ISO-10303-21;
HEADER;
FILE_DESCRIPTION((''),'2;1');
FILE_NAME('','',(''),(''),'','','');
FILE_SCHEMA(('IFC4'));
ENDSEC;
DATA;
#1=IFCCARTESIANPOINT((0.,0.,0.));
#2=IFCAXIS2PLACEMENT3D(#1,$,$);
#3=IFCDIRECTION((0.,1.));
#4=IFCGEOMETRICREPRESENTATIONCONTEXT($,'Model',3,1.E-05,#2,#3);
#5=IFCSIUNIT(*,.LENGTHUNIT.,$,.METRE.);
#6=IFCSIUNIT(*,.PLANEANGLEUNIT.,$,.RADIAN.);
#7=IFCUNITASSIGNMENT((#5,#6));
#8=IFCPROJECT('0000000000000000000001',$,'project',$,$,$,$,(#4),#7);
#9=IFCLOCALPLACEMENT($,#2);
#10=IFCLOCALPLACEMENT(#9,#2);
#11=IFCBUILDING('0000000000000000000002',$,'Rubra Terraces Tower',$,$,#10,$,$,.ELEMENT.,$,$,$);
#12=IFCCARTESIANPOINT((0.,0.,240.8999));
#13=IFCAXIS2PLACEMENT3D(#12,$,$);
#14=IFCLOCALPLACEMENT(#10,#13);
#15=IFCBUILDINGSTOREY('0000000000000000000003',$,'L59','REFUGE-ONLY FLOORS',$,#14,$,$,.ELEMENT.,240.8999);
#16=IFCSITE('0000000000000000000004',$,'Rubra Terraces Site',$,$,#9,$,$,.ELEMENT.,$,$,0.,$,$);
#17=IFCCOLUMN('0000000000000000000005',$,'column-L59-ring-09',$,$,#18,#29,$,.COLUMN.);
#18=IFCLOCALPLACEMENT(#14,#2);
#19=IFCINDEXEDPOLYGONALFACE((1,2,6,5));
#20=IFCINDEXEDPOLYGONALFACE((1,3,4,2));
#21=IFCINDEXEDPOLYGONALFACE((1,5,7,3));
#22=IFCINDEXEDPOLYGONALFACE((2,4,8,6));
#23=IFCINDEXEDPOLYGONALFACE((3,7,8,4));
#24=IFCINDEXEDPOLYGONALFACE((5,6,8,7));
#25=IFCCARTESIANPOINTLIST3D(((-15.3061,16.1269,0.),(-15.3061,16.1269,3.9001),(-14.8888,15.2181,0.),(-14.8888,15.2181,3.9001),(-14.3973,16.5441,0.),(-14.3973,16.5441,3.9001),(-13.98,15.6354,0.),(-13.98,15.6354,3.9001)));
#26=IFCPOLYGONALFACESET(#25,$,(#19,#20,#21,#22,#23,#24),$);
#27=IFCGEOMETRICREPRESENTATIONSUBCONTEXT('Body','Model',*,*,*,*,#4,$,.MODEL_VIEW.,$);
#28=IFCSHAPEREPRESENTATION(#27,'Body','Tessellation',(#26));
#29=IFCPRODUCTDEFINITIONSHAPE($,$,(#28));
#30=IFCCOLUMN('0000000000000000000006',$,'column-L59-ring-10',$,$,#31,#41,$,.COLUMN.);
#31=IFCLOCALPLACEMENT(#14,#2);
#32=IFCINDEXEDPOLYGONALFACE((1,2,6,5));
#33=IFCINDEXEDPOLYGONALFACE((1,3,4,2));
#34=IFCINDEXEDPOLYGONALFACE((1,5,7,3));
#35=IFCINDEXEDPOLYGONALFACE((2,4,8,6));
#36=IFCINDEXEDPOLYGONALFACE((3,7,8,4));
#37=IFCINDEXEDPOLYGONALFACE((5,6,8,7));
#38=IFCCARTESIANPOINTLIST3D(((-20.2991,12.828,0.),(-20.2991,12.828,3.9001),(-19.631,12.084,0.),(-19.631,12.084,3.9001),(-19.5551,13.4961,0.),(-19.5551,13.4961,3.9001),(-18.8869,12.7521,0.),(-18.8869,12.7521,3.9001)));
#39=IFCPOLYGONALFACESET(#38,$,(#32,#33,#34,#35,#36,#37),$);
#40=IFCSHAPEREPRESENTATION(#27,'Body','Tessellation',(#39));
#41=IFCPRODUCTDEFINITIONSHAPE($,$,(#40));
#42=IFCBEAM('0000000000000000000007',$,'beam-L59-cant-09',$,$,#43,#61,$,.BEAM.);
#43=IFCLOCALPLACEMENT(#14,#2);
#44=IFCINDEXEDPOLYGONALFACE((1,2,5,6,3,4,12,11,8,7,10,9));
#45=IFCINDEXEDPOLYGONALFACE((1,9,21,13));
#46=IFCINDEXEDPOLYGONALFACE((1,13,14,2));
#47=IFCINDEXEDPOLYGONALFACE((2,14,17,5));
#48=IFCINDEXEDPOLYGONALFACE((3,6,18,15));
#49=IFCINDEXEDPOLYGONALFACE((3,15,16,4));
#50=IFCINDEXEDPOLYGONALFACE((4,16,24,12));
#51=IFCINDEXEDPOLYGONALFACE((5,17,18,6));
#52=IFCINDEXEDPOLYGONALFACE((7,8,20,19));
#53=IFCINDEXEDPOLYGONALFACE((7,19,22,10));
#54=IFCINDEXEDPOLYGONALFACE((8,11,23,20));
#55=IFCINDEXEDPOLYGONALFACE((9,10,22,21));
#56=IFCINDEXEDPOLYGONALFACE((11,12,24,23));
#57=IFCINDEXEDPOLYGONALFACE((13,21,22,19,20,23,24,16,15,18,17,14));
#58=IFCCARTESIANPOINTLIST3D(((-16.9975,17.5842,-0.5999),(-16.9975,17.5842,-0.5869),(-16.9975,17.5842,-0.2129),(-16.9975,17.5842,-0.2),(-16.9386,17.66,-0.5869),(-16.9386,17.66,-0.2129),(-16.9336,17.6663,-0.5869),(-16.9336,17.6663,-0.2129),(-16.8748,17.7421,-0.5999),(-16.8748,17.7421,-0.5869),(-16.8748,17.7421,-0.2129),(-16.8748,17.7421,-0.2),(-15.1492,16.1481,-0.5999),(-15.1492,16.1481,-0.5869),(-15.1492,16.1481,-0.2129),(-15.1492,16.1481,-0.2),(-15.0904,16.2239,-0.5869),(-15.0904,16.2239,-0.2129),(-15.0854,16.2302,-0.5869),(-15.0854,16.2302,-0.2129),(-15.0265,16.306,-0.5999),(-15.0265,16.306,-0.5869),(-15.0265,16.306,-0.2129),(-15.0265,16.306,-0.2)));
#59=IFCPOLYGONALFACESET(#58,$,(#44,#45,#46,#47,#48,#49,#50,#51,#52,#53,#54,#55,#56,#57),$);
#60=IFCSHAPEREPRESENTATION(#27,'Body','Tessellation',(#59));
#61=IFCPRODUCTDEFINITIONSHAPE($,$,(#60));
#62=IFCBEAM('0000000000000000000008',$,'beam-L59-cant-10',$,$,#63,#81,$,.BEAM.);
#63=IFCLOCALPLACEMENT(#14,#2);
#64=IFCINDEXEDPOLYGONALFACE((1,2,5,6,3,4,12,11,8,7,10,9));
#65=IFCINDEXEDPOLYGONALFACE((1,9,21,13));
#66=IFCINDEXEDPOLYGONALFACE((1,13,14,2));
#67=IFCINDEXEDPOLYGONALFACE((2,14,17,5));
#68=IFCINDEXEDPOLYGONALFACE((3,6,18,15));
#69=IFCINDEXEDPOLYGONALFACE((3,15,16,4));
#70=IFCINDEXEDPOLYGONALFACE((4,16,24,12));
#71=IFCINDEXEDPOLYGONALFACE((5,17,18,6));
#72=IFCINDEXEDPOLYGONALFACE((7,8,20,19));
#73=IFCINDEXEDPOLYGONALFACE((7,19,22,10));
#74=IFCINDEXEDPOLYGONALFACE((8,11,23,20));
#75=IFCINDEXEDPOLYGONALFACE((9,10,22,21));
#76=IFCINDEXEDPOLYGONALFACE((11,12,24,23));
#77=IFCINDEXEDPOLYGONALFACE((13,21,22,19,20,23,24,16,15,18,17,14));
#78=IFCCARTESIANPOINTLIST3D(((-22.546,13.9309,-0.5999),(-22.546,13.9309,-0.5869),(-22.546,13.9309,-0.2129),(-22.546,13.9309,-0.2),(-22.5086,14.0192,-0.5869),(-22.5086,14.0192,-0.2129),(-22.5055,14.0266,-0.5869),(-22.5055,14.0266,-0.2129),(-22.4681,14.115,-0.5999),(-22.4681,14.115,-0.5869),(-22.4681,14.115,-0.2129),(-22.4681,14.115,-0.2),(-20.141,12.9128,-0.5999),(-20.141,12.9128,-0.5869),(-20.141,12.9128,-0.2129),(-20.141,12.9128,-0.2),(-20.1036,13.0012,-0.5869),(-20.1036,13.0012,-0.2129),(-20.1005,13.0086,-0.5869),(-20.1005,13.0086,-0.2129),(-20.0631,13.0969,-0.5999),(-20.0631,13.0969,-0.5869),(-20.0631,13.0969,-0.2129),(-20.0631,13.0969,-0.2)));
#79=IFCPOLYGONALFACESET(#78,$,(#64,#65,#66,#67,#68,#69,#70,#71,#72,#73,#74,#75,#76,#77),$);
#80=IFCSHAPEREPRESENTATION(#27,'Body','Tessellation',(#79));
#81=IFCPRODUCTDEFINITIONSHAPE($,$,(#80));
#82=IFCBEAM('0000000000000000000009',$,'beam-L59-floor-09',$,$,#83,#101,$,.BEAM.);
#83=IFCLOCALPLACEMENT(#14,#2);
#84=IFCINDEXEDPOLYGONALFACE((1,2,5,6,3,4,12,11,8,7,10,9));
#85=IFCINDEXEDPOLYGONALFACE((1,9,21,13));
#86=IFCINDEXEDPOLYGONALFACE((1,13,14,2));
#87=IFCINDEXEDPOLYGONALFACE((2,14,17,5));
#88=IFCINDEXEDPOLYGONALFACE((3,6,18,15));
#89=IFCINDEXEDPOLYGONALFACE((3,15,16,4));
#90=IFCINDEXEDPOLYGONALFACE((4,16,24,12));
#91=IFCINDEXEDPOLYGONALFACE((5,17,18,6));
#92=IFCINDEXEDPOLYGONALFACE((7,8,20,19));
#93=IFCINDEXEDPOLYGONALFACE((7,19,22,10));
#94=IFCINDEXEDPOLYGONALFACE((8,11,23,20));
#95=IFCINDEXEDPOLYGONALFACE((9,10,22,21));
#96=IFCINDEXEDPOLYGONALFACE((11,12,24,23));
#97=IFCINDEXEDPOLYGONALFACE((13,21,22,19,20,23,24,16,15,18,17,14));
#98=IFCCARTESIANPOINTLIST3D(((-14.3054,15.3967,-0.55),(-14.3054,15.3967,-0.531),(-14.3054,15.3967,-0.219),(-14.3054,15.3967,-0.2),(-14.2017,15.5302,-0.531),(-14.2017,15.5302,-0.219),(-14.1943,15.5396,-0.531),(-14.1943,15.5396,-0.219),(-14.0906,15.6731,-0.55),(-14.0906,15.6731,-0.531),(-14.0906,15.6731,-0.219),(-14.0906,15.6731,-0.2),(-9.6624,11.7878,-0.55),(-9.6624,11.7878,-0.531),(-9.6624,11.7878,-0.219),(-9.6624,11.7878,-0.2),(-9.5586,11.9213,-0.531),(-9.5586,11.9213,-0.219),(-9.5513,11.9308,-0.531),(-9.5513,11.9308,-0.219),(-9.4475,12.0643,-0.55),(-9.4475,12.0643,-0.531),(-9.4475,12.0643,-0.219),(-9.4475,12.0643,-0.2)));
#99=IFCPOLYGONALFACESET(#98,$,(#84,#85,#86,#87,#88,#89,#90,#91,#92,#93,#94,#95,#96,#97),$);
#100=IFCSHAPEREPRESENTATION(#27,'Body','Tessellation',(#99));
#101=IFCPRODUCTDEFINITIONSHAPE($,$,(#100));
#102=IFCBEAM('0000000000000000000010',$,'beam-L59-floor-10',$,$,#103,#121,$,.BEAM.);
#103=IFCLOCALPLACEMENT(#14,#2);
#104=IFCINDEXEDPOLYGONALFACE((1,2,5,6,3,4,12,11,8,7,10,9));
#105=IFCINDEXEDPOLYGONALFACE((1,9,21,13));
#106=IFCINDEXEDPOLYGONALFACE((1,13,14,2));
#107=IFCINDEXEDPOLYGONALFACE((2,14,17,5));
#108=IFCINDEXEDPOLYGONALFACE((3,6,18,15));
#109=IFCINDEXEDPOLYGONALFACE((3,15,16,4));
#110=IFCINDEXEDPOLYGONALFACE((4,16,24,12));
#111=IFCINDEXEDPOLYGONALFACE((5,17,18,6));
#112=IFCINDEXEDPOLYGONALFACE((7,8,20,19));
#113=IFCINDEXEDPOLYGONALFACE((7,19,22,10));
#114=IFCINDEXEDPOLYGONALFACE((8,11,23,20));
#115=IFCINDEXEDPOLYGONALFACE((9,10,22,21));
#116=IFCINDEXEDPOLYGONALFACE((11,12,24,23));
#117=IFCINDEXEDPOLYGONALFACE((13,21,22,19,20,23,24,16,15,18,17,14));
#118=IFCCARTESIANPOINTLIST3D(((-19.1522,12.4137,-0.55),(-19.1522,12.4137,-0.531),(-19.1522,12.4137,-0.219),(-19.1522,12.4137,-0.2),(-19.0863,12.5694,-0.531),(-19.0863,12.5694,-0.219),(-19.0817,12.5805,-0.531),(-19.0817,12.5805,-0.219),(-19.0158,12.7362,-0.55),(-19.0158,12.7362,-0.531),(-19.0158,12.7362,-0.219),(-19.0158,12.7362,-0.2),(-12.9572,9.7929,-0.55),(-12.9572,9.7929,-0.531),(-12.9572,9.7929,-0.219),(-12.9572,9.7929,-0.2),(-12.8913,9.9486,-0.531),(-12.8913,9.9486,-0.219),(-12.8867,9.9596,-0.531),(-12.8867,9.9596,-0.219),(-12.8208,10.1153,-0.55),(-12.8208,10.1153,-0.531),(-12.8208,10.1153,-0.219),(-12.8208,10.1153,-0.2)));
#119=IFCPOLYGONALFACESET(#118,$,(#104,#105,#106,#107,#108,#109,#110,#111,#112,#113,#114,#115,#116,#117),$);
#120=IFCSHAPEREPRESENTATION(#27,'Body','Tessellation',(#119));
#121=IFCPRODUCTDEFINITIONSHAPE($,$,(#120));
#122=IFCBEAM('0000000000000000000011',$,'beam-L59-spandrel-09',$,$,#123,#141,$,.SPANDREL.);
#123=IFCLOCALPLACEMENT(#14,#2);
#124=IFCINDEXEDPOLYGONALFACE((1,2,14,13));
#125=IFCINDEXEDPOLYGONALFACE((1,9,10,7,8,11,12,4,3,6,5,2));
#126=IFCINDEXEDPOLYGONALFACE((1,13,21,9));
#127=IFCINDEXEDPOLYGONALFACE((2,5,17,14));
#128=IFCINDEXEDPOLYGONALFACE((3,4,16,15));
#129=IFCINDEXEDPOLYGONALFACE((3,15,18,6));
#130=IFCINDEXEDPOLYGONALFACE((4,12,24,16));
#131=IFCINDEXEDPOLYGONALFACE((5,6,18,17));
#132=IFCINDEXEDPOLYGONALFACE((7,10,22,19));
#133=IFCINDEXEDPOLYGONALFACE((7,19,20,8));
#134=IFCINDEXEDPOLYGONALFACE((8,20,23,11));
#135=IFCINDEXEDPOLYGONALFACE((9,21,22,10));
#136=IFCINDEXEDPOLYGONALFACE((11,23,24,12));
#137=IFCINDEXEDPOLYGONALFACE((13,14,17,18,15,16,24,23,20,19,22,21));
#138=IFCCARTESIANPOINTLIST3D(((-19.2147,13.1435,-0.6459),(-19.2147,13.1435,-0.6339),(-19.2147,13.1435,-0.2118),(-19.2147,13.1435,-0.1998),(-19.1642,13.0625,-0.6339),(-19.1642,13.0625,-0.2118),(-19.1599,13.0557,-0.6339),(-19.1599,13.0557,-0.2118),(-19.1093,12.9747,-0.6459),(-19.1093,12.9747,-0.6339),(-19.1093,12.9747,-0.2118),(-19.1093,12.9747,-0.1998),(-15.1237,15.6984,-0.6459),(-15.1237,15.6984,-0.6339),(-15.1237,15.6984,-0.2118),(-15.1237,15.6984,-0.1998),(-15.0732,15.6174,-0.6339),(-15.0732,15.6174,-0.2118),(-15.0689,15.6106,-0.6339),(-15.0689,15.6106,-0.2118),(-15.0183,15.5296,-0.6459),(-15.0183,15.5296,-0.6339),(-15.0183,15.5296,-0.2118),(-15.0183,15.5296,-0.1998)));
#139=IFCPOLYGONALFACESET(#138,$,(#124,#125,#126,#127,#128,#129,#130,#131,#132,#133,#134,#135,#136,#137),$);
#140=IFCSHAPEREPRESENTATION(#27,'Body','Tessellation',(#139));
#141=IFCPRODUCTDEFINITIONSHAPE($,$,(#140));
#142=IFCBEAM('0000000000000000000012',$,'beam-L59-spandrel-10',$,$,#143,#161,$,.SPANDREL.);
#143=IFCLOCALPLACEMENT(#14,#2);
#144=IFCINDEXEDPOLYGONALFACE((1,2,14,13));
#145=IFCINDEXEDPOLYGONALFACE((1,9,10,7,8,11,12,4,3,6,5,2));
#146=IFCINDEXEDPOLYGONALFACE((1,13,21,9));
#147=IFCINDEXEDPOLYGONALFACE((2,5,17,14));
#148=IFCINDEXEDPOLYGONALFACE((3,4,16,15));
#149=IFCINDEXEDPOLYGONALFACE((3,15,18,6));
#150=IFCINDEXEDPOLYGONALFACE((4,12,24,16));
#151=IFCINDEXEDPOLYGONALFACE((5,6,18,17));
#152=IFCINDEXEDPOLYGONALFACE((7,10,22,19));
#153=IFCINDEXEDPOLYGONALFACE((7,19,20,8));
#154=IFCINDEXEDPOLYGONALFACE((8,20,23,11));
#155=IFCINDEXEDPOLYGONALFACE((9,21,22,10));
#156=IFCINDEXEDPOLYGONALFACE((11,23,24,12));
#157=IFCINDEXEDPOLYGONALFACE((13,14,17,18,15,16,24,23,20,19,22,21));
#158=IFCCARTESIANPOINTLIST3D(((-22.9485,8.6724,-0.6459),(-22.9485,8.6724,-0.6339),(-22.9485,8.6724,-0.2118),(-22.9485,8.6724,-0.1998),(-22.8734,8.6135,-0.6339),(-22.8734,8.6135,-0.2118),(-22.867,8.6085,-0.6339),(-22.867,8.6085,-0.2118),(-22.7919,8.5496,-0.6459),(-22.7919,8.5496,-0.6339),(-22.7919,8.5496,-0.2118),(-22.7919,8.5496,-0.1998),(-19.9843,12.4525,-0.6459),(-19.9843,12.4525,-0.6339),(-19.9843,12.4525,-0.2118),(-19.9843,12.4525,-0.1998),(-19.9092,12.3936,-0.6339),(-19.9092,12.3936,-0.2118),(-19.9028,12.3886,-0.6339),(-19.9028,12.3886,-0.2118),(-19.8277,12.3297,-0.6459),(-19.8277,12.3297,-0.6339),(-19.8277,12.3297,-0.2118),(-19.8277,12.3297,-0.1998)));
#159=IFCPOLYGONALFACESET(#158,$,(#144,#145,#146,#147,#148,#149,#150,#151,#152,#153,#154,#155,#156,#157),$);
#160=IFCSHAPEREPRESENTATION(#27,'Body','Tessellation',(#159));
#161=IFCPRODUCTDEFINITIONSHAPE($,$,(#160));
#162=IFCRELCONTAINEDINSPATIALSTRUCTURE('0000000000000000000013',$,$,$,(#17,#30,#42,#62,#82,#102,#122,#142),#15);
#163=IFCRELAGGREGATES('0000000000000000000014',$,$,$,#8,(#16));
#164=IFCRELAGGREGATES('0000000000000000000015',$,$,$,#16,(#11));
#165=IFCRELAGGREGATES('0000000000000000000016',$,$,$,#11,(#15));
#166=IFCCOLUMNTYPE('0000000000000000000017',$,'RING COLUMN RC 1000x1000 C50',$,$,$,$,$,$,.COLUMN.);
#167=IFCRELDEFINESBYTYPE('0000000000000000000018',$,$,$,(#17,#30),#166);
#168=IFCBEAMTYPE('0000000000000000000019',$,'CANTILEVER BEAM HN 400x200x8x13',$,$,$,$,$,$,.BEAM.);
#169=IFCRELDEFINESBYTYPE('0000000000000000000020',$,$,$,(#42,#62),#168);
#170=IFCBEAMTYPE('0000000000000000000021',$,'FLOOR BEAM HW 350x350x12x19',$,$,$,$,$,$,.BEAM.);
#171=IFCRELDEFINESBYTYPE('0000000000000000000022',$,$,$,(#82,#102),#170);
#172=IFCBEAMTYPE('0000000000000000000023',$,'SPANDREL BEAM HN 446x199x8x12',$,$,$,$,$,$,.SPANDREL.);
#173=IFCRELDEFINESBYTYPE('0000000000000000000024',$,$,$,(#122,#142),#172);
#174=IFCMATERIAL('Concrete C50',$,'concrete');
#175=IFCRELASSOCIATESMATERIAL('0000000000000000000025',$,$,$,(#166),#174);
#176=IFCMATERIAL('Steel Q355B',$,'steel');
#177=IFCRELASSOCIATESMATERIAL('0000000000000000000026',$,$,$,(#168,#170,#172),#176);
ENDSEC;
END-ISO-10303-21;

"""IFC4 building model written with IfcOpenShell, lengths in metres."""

from ifc_helpers import new_model, si_unit, direction, frame, origin, origin_2d, place, context, subcontext, project, spatial, rectangle, i_section, extrude, material, material_profile, profile_set, type_object, element, save


model = new_model("IFC4")

# Units and contexts
model_context = context("Model", 3, precision=1e-05, world=origin(), true_north=direction((0.0, 1.0)))
body_context = subcontext(model_context, "Body", "Model", "MODEL_VIEW")
ifc_project = project(units=[si_unit("LENGTHUNIT", "METRE"), si_unit("PLANEANGLEUNIT", "RADIAN")], contexts=[model_context])

# Site, building, storey
site_placement = place(None, origin())
site = spatial("IfcSite", under=ifc_project, at=site_placement, Name="Rubra Terraces Site", CompositionType="ELEMENT", RefElevation=0.0)
building_placement = place(site_placement, origin())
building = spatial("IfcBuilding", under=site, at=building_placement, Name="Rubra Terraces Tower", CompositionType="ELEMENT")
storey_placement = place(building_placement, frame((0.0, 0.0, 240.8999)))
storey = spatial("IfcBuildingStorey", under=building, at=storey_placement, Name="L59", Description="REFUGE-ONLY FLOORS", CompositionType="ELEMENT", Elevation=240.8999)

# Columns
ifc_material_1 = material(Name="Concrete C50", Category="concrete")
ifc_material_profile_1 = material_profile(ifc_material_1, rectangle(XDim=1.0, YDim=1.0, at=origin_2d()), Name="RC 1000x1000")
ifc_profile_set_1 = profile_set([ifc_material_profile_1], Name="Concrete C50")
column_type = type_object("IfcColumnType", Name="RING COLUMN RC 1000x1000 C50", PredefinedType="COLUMN", material=ifc_profile_set_1)
for number, where, z_axis, x_axis, name in (
    (1, (-14.6431, 15.8811, 0.0), (0.0, 0.0, 1.0), (-0.908779, -0.417279, 0.0), "column-L59-ring-09"),
    (2, (-19.593, 12.79, 0.0), (0.0, 0.0, 1.0), (-0.744021, -0.668156, 0.0), "column-L59-ring-10"),
):
    element("IfcColumn", number, at=place(storey_placement, frame(where, z_axis=z_axis, x_axis=x_axis)), inside=storey, type_object=column_type, Name=name, PredefinedType="COLUMN", context=body_context, shape_type="SweptSolid", body=[
        extrude(rectangle(XDim=1.0, YDim=1.0, at=origin_2d()), origin(), (0.0, 0.0, 1.0), 3.9001),
    ])

# Beams
ifc_material_2 = material(Name="Steel Q355B", Category="steel")
ifc_material_profile_2 = material_profile(ifc_material_2, i_section(OverallWidth=0.2, OverallDepth=0.3999, WebThickness=0.0081, FlangeThickness=0.0129, at=origin_2d()), Name="HN 400x200x8x13")
ifc_profile_set_2 = profile_set([ifc_material_profile_2], Name="Steel Q355B")
beam_type_1 = type_object("IfcBeamType", Name="CANTILEVER BEAM HN 400x200x8x13", PredefinedType="BEAM", material=ifc_profile_set_2)
beam_1_placement = place(storey_placement, frame((-15.0879, 16.2271, -0.3999), z_axis=(-0.789644, 0.613565, 0.0), x_axis=(-0.613565, -0.789644, 0.0)))
element("IfcBeam", 3, at=beam_1_placement, inside=storey, type_object=beam_type_1, Name="beam-L59-cant-09", PredefinedType="BEAM", context=body_context, shape_type="SweptSolid", body=[
    extrude(i_section(OverallWidth=0.2, OverallDepth=0.3999, WebThickness=0.0081, FlangeThickness=0.0129, at=origin_2d()), origin(), (0.0, 0.0, 1.0), 2.3406),
])
beam_2_placement = place(storey_placement, frame((-20.1021, 13.0049, -0.3999), z_axis=(-0.920891, 0.38982, 0.0), x_axis=(-0.38982, -0.920891, 0.0)))
element("IfcBeam", 4, at=beam_2_placement, inside=storey, type_object=beam_type_1, Name="beam-L59-cant-10", PredefinedType="BEAM", context=body_context, shape_type="SweptSolid", body=[
    extrude(i_section(OverallWidth=0.2, OverallDepth=0.3999, WebThickness=0.0081, FlangeThickness=0.0129, at=origin_2d()), origin(), (0.0, 0.0, 1.0), 2.6116),
])
ifc_material_profile_3 = material_profile(ifc_material_2, i_section(OverallWidth=0.3501, OverallDepth=0.3501, WebThickness=0.012, FlangeThickness=0.019, at=origin_2d()), Name="HW 350x350x12x19")
ifc_profile_set_3 = profile_set([ifc_material_profile_3], Name="Steel Q355B")
beam_type_2 = type_object("IfcBeamType", Name="FLOOR BEAM HW 350x350x12x19", PredefinedType="BEAM", material=ifc_profile_set_3)
beam_3_placement = place(storey_placement, frame((-14.198, 15.5349, -0.375), z_axis=(0.789549, -0.613688, 0.0), x_axis=(0.613688, 0.789549, 0.0)))
element("IfcBeam", 5, at=beam_3_placement, inside=storey, type_object=beam_type_2, Name="beam-L59-floor-09", PredefinedType="BEAM", context=body_context, shape_type="SweptSolid", body=[
    extrude(i_section(OverallWidth=0.3501, OverallDepth=0.3501, WebThickness=0.012, FlangeThickness=0.019, at=origin_2d()), origin(), (0.0, 0.0, 1.0), 5.8806),
])
beam_4_placement = place(storey_placement, frame((-19.084, 12.575, -0.375), z_axis=(0.920975, -0.389622, 0.0), x_axis=(0.389622, 0.920975, 0.0)))
element("IfcBeam", 6, at=beam_4_placement, inside=storey, type_object=beam_type_2, Name="beam-L59-floor-10", PredefinedType="BEAM", context=body_context, shape_type="SweptSolid", body=[
    extrude(i_section(OverallWidth=0.3501, OverallDepth=0.3501, WebThickness=0.012, FlangeThickness=0.019, at=origin_2d()), origin(), (0.0, 0.0, 1.0), 6.7266),
])
ifc_material_profile_4 = material_profile(ifc_material_2, i_section(OverallWidth=0.199, OverallDepth=0.446, WebThickness=0.0081, FlangeThickness=0.012, at=origin_2d()), Name="HN 446x199x8x12")
ifc_profile_set_4 = profile_set([ifc_material_profile_4], Name="Steel Q355B")
beam_type_3 = type_object("IfcBeamType", Name="SPANDREL BEAM HN 446x199x8x12", PredefinedType="SPANDREL", material=ifc_profile_set_4)
beam_5_placement = place(storey_placement, frame((-15.071, 15.614, -0.4229), z_axis=(-0.848183, -0.529703, 0.0), x_axis=(0.529703, -0.848183, 0.0)))
element("IfcBeam", 7, at=beam_5_placement, inside=storey, type_object=beam_type_3, Name="beam-L59-spandrel-09", PredefinedType="SPANDREL", context=body_context, shape_type="SweptSolid", body=[
    extrude(i_section(OverallWidth=0.199, OverallDepth=0.446, WebThickness=0.0081, FlangeThickness=0.012, at=origin_2d()), origin(), (0.0, 0.0, 1.0), 4.8232),
])
beam_6_placement = place(storey_placement, frame((-19.906, 12.3911, -0.4229), z_axis=(-0.61706, -0.786916, 0.0), x_axis=(0.786916, -0.61706, 0.0)))
element("IfcBeam", 8, at=beam_6_placement, inside=storey, type_object=beam_type_3, Name="beam-L59-spandrel-10", PredefinedType="SPANDREL", context=body_context, shape_type="SweptSolid", body=[
    extrude(i_section(OverallWidth=0.199, OverallDepth=0.446, WebThickness=0.0081, FlangeThickness=0.012, at=origin_2d()), origin(), (0.0, 0.0, 1.0), 4.8037),
])

save(model, "model.ifc")
